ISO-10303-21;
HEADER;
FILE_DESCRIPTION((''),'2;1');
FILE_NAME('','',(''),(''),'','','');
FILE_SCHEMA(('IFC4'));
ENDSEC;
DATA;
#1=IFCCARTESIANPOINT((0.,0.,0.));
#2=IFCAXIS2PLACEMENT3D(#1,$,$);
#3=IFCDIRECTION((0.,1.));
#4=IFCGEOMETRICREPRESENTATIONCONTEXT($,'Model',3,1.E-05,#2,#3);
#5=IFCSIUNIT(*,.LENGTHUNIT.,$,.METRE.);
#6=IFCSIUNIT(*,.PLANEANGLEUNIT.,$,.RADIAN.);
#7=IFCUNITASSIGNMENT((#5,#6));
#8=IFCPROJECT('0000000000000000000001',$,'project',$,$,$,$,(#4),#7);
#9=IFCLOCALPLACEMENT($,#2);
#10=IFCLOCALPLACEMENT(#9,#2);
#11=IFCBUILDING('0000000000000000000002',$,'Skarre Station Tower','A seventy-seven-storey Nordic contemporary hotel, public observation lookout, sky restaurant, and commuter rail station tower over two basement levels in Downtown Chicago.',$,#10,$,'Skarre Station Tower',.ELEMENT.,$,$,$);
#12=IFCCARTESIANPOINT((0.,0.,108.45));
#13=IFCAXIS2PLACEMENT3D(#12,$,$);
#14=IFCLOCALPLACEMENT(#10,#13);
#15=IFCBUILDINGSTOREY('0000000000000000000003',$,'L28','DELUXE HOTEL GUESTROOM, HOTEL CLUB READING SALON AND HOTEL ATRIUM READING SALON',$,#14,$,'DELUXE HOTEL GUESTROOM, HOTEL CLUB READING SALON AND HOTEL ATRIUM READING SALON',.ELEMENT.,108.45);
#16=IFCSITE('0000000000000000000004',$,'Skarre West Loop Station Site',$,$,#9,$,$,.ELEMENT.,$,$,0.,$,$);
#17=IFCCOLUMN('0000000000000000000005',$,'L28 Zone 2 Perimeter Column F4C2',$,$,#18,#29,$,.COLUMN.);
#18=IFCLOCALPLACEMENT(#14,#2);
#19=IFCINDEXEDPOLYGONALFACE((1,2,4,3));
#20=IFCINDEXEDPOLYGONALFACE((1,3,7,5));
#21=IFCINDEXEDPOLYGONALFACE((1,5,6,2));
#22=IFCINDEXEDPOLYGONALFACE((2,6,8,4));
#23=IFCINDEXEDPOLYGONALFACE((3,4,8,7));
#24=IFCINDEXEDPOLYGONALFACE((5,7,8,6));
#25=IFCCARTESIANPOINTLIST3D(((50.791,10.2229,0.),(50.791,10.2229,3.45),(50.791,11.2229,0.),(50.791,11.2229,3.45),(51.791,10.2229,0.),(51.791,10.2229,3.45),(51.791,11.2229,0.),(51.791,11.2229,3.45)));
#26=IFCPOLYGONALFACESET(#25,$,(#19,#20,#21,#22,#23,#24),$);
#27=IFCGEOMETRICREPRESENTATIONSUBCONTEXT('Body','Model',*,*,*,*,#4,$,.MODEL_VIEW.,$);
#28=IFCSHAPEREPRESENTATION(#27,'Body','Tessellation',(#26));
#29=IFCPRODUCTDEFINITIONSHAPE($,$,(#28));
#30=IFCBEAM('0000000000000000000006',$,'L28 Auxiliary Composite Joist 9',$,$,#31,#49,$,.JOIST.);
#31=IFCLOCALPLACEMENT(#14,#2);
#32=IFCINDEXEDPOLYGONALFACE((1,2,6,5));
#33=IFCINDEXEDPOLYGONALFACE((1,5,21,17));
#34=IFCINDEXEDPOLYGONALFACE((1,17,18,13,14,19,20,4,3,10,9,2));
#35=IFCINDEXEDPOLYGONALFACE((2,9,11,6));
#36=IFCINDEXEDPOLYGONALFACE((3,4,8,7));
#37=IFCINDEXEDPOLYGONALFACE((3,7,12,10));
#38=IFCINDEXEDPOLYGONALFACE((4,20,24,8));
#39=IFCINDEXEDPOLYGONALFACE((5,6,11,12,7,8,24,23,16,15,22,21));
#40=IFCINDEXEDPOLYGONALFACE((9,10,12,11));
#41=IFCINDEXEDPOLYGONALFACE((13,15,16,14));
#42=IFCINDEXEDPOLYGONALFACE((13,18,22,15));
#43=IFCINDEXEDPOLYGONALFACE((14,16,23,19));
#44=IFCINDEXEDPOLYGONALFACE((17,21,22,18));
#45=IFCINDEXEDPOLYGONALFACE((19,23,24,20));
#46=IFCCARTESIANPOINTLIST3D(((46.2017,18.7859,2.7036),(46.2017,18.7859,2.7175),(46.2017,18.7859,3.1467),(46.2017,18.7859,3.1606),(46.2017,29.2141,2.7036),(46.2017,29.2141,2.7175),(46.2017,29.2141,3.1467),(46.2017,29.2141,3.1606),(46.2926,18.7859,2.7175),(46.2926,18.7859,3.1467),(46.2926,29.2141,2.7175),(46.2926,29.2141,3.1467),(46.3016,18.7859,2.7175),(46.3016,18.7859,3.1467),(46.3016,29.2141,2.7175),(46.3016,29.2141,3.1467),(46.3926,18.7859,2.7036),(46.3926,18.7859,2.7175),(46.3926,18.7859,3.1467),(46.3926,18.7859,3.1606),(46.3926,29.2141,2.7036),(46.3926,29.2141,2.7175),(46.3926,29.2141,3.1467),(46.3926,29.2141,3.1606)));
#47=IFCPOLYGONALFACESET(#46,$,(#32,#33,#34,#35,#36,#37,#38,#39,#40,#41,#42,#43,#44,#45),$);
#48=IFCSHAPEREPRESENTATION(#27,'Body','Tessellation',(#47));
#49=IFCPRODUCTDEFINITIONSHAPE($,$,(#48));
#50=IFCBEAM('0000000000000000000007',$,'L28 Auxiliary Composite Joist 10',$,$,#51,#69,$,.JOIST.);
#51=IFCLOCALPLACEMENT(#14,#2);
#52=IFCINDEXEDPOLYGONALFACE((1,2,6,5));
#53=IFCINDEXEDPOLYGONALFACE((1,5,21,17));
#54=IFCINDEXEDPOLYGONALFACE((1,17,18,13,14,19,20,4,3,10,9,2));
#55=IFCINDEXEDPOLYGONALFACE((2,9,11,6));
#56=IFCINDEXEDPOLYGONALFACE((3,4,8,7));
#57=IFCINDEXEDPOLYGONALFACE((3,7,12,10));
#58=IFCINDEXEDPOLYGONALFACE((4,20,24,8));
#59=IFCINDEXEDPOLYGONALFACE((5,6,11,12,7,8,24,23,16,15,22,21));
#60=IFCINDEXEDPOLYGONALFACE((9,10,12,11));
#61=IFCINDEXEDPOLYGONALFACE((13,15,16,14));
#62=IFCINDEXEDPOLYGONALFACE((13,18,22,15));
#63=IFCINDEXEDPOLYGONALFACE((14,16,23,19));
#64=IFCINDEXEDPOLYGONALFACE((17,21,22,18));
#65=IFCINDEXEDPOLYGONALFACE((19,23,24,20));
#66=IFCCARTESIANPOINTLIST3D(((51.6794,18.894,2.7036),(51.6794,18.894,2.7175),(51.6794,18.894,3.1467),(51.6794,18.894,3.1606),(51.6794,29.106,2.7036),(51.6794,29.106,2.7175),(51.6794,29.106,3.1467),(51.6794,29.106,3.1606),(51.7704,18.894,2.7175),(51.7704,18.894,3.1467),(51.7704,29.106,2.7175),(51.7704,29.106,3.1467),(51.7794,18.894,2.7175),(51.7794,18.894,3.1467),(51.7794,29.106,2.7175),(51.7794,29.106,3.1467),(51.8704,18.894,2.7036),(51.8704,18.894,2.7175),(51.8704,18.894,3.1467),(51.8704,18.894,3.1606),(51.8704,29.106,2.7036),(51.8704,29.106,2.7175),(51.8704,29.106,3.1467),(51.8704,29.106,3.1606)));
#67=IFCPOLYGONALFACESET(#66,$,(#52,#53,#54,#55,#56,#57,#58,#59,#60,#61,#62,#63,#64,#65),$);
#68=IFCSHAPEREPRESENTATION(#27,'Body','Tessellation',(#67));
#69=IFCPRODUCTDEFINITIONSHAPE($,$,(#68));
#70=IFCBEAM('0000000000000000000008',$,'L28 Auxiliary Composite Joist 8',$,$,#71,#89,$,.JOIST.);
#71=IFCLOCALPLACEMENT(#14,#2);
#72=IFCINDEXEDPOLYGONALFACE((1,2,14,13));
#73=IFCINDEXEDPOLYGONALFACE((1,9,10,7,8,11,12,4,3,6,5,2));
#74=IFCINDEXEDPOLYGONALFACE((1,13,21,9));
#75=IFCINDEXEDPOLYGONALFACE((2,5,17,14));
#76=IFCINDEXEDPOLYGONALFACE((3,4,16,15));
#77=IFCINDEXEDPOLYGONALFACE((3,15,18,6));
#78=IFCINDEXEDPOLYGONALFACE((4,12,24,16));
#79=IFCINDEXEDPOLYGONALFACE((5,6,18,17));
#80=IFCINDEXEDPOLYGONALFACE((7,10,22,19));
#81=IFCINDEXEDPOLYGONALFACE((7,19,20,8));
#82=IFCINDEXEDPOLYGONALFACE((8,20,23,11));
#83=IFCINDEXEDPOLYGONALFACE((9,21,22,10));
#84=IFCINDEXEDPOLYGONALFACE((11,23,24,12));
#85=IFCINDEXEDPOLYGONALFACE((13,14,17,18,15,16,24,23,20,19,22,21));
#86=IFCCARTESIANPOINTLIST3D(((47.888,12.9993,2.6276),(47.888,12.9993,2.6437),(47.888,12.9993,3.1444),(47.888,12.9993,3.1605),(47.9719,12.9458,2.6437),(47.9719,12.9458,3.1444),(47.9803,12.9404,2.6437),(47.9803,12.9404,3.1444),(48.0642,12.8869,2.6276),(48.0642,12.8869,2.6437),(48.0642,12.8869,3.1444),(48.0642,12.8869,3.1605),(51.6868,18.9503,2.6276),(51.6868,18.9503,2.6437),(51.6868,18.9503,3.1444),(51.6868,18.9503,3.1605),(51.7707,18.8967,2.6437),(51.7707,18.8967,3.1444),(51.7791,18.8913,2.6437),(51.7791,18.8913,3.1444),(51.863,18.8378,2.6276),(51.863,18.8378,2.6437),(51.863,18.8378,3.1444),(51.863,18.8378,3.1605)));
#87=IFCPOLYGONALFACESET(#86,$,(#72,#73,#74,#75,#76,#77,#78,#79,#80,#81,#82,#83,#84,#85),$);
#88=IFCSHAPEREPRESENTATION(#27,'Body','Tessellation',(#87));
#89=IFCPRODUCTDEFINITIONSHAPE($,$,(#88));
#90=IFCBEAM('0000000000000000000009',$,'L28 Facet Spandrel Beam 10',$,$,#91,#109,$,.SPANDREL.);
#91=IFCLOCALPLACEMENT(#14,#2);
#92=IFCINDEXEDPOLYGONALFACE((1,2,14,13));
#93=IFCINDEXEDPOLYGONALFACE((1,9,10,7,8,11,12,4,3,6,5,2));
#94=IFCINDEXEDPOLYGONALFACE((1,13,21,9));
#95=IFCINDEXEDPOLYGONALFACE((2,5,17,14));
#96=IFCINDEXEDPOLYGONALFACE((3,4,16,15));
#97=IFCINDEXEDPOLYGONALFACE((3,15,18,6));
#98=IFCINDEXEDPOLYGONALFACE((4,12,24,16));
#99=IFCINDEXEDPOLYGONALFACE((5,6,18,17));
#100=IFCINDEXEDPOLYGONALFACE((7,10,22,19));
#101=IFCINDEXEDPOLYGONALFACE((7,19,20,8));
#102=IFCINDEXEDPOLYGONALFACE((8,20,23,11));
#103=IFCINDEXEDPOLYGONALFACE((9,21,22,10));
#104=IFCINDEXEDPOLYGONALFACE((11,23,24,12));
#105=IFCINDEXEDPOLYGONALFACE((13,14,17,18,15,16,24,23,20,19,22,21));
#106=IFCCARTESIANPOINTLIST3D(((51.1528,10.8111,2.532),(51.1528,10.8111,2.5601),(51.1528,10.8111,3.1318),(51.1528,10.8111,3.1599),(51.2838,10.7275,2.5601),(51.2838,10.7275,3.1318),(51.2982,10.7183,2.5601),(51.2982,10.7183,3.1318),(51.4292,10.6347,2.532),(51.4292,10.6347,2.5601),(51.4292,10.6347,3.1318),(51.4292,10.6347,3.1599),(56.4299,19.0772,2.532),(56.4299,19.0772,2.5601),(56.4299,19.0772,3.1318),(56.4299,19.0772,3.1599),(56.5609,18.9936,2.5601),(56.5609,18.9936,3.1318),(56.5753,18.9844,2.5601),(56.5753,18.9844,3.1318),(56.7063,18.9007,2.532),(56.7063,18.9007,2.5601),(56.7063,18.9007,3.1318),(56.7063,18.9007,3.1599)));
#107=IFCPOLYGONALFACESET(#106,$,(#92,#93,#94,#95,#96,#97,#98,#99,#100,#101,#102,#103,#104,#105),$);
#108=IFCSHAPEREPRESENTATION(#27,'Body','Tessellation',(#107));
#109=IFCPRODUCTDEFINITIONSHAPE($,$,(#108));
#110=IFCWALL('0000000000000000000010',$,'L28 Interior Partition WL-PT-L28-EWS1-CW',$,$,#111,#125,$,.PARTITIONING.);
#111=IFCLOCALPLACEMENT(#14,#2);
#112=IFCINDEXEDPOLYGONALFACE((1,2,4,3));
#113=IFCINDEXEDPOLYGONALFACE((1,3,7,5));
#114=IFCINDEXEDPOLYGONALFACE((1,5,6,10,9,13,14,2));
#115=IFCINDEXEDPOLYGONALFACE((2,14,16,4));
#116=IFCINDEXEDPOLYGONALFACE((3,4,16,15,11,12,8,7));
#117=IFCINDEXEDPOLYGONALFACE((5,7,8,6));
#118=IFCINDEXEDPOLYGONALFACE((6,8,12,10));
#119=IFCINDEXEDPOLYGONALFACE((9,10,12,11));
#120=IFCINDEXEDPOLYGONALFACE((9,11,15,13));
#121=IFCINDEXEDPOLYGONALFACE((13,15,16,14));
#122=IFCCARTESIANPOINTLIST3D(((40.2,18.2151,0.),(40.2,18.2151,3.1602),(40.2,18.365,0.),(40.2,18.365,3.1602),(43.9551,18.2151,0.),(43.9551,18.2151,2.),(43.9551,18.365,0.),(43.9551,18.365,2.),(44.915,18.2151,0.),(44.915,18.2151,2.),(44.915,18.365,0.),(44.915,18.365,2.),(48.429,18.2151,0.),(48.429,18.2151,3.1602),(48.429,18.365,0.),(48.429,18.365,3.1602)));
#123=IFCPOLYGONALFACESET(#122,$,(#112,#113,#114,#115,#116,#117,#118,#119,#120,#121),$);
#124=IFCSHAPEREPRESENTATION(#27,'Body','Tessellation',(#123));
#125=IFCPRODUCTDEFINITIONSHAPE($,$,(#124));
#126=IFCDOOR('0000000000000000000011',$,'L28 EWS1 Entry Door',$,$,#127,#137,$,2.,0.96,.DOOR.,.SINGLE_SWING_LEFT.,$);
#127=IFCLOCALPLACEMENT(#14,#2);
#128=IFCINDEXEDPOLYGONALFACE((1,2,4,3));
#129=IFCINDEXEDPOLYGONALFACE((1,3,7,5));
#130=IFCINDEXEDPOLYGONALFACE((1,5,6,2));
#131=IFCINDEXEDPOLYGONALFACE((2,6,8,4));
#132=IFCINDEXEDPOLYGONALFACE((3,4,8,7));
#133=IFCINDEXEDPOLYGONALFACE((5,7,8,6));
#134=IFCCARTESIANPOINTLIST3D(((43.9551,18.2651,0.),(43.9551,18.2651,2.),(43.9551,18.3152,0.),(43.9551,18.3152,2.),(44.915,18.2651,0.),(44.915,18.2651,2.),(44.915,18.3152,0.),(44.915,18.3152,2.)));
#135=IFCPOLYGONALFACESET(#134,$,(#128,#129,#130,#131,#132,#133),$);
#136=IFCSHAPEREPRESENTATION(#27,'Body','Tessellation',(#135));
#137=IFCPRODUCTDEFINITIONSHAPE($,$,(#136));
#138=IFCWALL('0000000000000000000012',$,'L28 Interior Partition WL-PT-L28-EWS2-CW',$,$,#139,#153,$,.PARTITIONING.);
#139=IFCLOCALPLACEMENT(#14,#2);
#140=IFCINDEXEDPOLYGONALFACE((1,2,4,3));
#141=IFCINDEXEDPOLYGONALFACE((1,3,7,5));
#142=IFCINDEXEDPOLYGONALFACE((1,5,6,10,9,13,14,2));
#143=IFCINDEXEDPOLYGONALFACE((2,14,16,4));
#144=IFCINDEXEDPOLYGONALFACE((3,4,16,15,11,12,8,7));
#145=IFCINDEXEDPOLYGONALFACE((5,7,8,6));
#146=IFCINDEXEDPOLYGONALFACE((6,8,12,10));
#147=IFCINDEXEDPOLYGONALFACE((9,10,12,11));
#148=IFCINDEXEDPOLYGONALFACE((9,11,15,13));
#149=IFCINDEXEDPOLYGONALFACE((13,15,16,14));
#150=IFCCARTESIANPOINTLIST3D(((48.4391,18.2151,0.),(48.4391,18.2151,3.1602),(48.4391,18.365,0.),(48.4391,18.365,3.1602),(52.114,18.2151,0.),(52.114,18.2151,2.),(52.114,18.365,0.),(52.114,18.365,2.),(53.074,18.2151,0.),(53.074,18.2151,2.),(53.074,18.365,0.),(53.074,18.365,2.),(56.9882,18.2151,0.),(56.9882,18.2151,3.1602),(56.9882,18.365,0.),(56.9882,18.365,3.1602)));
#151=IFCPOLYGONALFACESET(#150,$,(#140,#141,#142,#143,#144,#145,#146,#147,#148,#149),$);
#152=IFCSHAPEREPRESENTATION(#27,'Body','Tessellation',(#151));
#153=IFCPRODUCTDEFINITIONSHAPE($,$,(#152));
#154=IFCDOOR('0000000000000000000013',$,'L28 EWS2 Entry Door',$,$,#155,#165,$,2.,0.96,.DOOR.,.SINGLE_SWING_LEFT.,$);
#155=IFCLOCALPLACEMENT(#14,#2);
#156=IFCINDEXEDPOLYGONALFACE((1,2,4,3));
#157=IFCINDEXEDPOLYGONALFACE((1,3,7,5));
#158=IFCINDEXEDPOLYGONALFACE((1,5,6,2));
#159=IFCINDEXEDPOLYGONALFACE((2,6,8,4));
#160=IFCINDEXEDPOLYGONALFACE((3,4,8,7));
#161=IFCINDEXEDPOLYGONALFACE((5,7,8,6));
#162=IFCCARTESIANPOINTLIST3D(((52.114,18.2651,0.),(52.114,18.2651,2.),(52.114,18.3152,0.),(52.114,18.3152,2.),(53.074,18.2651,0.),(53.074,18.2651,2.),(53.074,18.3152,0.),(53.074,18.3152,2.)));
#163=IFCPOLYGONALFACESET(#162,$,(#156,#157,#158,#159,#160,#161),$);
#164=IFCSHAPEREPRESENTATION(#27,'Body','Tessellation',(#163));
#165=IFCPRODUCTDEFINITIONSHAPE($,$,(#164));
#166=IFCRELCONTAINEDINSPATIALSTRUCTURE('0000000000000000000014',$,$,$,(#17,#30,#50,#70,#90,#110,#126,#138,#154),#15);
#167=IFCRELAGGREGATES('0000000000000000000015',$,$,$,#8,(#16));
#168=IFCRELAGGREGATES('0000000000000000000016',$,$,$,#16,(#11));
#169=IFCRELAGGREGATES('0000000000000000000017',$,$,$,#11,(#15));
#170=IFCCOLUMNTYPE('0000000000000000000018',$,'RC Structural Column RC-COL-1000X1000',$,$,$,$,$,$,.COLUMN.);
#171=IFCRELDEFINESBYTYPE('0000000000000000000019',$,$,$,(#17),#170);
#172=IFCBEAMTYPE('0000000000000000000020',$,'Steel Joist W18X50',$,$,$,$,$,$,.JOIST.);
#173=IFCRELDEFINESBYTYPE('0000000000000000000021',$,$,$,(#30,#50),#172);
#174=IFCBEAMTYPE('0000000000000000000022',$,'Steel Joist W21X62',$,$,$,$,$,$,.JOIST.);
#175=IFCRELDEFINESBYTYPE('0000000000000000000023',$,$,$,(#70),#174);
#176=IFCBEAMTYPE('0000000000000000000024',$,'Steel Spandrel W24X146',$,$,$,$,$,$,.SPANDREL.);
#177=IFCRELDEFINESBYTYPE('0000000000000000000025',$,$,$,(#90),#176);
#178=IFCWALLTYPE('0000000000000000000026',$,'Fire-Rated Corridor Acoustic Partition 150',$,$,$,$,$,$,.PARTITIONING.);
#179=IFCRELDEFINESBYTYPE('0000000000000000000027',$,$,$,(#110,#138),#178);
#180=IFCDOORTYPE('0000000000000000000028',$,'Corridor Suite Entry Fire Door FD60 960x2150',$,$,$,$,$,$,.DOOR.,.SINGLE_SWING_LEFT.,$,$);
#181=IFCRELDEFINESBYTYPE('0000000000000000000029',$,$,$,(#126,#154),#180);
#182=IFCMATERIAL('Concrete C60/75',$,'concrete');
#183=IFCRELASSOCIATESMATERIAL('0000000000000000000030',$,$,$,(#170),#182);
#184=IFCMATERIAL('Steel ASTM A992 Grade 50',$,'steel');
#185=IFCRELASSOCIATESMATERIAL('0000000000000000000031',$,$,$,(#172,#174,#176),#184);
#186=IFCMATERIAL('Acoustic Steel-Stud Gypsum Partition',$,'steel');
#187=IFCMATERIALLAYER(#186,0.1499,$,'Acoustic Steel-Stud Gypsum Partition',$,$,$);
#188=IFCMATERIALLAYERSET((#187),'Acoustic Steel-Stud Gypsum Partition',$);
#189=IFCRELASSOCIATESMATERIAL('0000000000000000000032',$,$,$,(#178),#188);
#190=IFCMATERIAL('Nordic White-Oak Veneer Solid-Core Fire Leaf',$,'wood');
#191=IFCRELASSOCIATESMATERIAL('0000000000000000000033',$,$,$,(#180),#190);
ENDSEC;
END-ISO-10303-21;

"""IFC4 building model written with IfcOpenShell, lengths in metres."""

from ifc_helpers import new_model, si_unit, direction, frame, frame_2d, origin, origin_2d, place, context, subcontext, project, spatial, rectangle, i_section, extrude, material, layer, layer_set, material_profile, profile_set, type_object, element, fill, save


model = new_model("IFC4")

# Units and contexts
model_context = context("Model", 3, precision=1e-05, world=origin(), true_north=direction((0.0, 1.0)))
body_context = subcontext(model_context, "Body", "Model", "MODEL_VIEW")
ifc_project = project(units=[si_unit("LENGTHUNIT", "METRE"), si_unit("PLANEANGLEUNIT", "RADIAN")], contexts=[model_context])

# Site, building, storey
site_placement = place(None, origin())
site = spatial("IfcSite", under=ifc_project, at=site_placement, Name="Skarre West Loop Station Site", CompositionType="ELEMENT", RefElevation=0.0)
building_placement = place(site_placement, origin())
building = spatial("IfcBuilding", under=site, at=building_placement, Name="Skarre Station Tower", Description="A seventy-seven-storey Nordic contemporary hotel, public observation lookout, sky restaurant, and commuter rail station tower over two basement levels in Downtown Chicago.", LongName="Skarre Station Tower", CompositionType="ELEMENT")
storey_placement = place(building_placement, frame((0.0, 0.0, 108.45)))
storey = spatial("IfcBuildingStorey", under=building, at=storey_placement, Name="L28", Description="DELUXE HOTEL GUESTROOM, HOTEL CLUB READING SALON AND HOTEL ATRIUM READING SALON", LongName="DELUXE HOTEL GUESTROOM, HOTEL CLUB READING SALON AND HOTEL ATRIUM READING SALON", CompositionType="ELEMENT", Elevation=108.45)

# Column
ifc_material_1 = material(Name="Concrete C60/75", Category="concrete")
ifc_material_profile_1 = material_profile(ifc_material_1, rectangle(XDim=1.0, YDim=1.0, at=origin_2d()), Name="Concrete C60/75")
ifc_profile_set_1 = profile_set([ifc_material_profile_1], Name="Concrete C60/75")
column_type = type_object("IfcColumnType", Name="RC Structural Column RC-COL-1000X1000", PredefinedType="COLUMN", material=ifc_profile_set_1)
column_placement = place(storey_placement, frame((51.291, 10.7229, 0.0), z_axis=(0.0, 0.0, 1.0), x_axis=(1.0, 0.0, 0.0)))
element("IfcColumn", 1, at=column_placement, inside=storey, type_object=column_type, Name="L28 Zone 2 Perimeter Column F4C2", PredefinedType="COLUMN", context=body_context, shape_type="SweptSolid", body=[
    extrude(rectangle(XDim=1.0, YDim=1.0, at=origin_2d()), origin(), (0.0, 0.0, 1.0), 3.45),
])

# Beams
ifc_material_2 = material(Name="Steel ASTM A992 Grade 50", Category="steel")
ifc_material_profile_2 = material_profile(ifc_material_2, i_section(OverallWidth=0.1909, OverallDepth=0.457, WebThickness=0.009, FlangeThickness=0.0139, at=origin_2d()), Name="Steel ASTM A992 Grade 50")
ifc_profile_set_2 = profile_set([ifc_material_profile_2], Name="Steel ASTM A992 Grade 50")
beam_type_1 = type_object("IfcBeamType", Name="Steel Joist W18X50", PredefinedType="JOIST", material=ifc_profile_set_2)
beam_1_placement = place(storey_placement, frame((46.2971, 18.7859, 2.9321), z_axis=(0.0, 1.0, 0.0), x_axis=(-1.0, 0.0, 0.0)))
element("IfcBeam", 2, at=beam_1_placement, inside=storey, type_object=beam_type_1, Name="L28 Auxiliary Composite Joist 9", PredefinedType="JOIST", context=body_context, shape_type="SweptSolid", body=[
    extrude(i_section(OverallWidth=0.1909, OverallDepth=0.457, WebThickness=0.009, FlangeThickness=0.0139, at=origin_2d()), origin(), (0.0, 0.0, 1.0), 10.4282),
])
beam_2_placement = place(storey_placement, frame((51.7749, 18.894, 2.9321), z_axis=(0.0, 1.0, 0.0), x_axis=(-1.0, 0.0, 0.0)))
element("IfcBeam", 3, at=beam_2_placement, inside=storey, type_object=beam_type_1, Name="L28 Auxiliary Composite Joist 10", PredefinedType="JOIST", context=body_context, shape_type="SweptSolid", body=[
    extrude(i_section(OverallWidth=0.1909, OverallDepth=0.457, WebThickness=0.009, FlangeThickness=0.0139, at=origin_2d()), origin(), (0.0, 0.0, 1.0), 10.2119),
])
ifc_material_profile_3 = material_profile(ifc_material_2, i_section(OverallWidth=0.209, OverallDepth=0.533, WebThickness=0.01, FlangeThickness=0.0161, at=origin_2d()), Name="Steel ASTM A992 Grade 50")
ifc_profile_set_3 = profile_set([ifc_material_profile_3], Name="Steel ASTM A992 Grade 50")
beam_type_2 = type_object("IfcBeamType", Name="Steel Joist W21X62", PredefinedType="JOIST", material=ifc_profile_set_3)
beam_3_placement = place(storey_placement, frame((47.9761, 12.9431, 2.894), z_axis=(0.538072, 0.842899, 0.0), x_axis=(-0.842899, 0.538072, 0.0)))
element("IfcBeam", 4, at=beam_3_placement, inside=storey, type_object=beam_type_2, Name="L28 Auxiliary Composite Joist 8", PredefinedType="JOIST", context=body_context, shape_type="SweptSolid", body=[
    extrude(i_section(OverallWidth=0.209, OverallDepth=0.533, WebThickness=0.01, FlangeThickness=0.0161, at=origin_2d()), origin(), (0.0, 0.0, 1.0), 7.0601),
])
ifc_material_profile_4 = material_profile(ifc_material_2, i_section(OverallWidth=0.3279, OverallDepth=0.6279, WebThickness=0.0171, FlangeThickness=0.0281, at=origin_2d()), Name="Steel ASTM A992 Grade 50")
ifc_profile_set_4 = profile_set([ifc_material_profile_4], Name="Steel ASTM A992 Grade 50")
beam_type_3 = type_object("IfcBeamType", Name="Steel Spandrel W24X146", PredefinedType="SPANDREL", material=ifc_profile_set_4)
beam_4_placement = place(storey_placement, frame((51.291, 10.7229, 2.8459), z_axis=(0.538098, 0.842883, 0.0), x_axis=(-0.842883, 0.538098, 0.0)))
element("IfcBeam", 5, at=beam_4_placement, inside=storey, type_object=beam_type_3, Name="L28 Facet Spandrel Beam 10", PredefinedType="SPANDREL", context=body_context, shape_type="SweptSolid", body=[
    extrude(i_section(OverallWidth=0.3279, OverallDepth=0.6279, WebThickness=0.0171, FlangeThickness=0.0281, at=origin_2d()), origin(), (0.0, 0.0, 1.0), 9.8069),
])

# Walls, openings, doors
ifc_material_3 = material(Name="Acoustic Steel-Stud Gypsum Partition", Category="steel")
ifc_layer_1 = layer(ifc_material_3, 0.1499, Name="Acoustic Steel-Stud Gypsum Partition")
ifc_layer_set_1 = layer_set([ifc_layer_1], Name="Acoustic Steel-Stud Gypsum Partition")
wall_type_1 = type_object("IfcWallType", Name="Fire-Rated Corridor Acoustic Partition 150", PredefinedType="PARTITIONING", material=ifc_layer_set_1)
wall_1_placement = place(storey_placement, frame((48.429, 18.29, 0.0), z_axis=(0.0, 0.0, 1.0), x_axis=(-1.0, 0.0, 0.0)))
wall_1 = element("IfcWall", 6, at=wall_1_placement, inside=storey, type_object=wall_type_1, Name="L28 Interior Partition WL-PT-L28-EWS1-CW", PredefinedType="PARTITIONING", context=body_context, shape_type="SweptSolid", body=[
    extrude(rectangle(XDim=8.229, YDim=0.1499, at=frame_2d((4.1145, 0.0))), origin(), (0.0, 0.0, 1.0), 3.1602),
])
opening_1_placement = place(wall_1_placement, frame((3.5139, 0.0, 0.0)))
opening_1 = element("IfcOpeningElement", 7, at=opening_1_placement, cuts=wall_1, PredefinedType="OPENING", context=body_context, shape_type="SweptSolid", body=[
    extrude(rectangle(XDim=0.96, YDim=2.0, at=frame_2d((0.48, 1.0))), frame((0.0, 0.085, 0.0), z_axis=(0.0, -1.0, 0.0), x_axis=(1.0, 0.0, 0.0)), (0.0, 0.0, 1.0), 0.1699),
])
ifc_material_4 = material(Name="Nordic White-Oak Veneer Solid-Core Fire Leaf", Category="wood")
door_type_1 = type_object("IfcDoorType", Name="Corridor Suite Entry Fire Door FD60 960x2150", OperationType="SINGLE_SWING_LEFT", PredefinedType="DOOR", material=ifc_material_4)
door_1_placement = place(opening_1_placement, origin())
door_1 = element("IfcDoor", 8, at=door_1_placement, inside=storey, type_object=door_type_1, Name="L28 EWS1 Entry Door", OperationType="SINGLE_SWING_LEFT", OverallHeight=2.0, OverallWidth=0.96, PredefinedType="DOOR", context=body_context, shape_type="SweptSolid", body=[
    extrude(rectangle(XDim=0.96, YDim=2.0, at=frame_2d((0.48, 1.0))), frame((0.0, 0.0249, 0.0), z_axis=(0.0, -1.0, 0.0), x_axis=(1.0, 0.0, 0.0)), (0.0, 0.0, 1.0), 0.05),
])
fill(opening_1, door_1)
wall_2_placement = place(storey_placement, frame((56.988, 18.29, 0.0), z_axis=(0.0, 0.0, 1.0), x_axis=(-1.0, 0.0, 0.0)))
wall_2 = element("IfcWall", 9, at=wall_2_placement, inside=storey, type_object=wall_type_1, Name="L28 Interior Partition WL-PT-L28-EWS2-CW", PredefinedType="PARTITIONING", context=body_context, shape_type="SweptSolid", body=[
    extrude(rectangle(XDim=8.5491, YDim=0.1499, at=frame_2d((4.2744, 0.0))), origin(), (0.0, 0.0, 1.0), 3.1602),
])
opening_2_placement = place(wall_2_placement, frame((3.9141, 0.0, 0.0)))
opening_2 = element("IfcOpeningElement", 10, at=opening_2_placement, cuts=wall_2, PredefinedType="OPENING", context=body_context, shape_type="SweptSolid", body=[
    extrude(rectangle(XDim=0.96, YDim=2.0, at=frame_2d((0.48, 1.0))), frame((0.0, 0.085, 0.0), z_axis=(0.0, -1.0, 0.0), x_axis=(1.0, 0.0, 0.0)), (0.0, 0.0, 1.0), 0.1699),
])
door_2_placement = place(opening_2_placement, origin())
door_2 = element("IfcDoor", 11, at=door_2_placement, inside=storey, type_object=door_type_1, Name="L28 EWS2 Entry Door", OperationType="SINGLE_SWING_LEFT", OverallHeight=2.0, OverallWidth=0.96, PredefinedType="DOOR", context=body_context, shape_type="SweptSolid", body=[
    extrude(rectangle(XDim=0.96, YDim=2.0, at=frame_2d((0.48, 1.0))), frame((0.0, 0.0249, 0.0), z_axis=(0.0, -1.0, 0.0), x_axis=(1.0, 0.0, 0.0)), (0.0, 0.0, 1.0), 0.05),
])
fill(opening_2, door_2)

save(model, "model.ifc")
